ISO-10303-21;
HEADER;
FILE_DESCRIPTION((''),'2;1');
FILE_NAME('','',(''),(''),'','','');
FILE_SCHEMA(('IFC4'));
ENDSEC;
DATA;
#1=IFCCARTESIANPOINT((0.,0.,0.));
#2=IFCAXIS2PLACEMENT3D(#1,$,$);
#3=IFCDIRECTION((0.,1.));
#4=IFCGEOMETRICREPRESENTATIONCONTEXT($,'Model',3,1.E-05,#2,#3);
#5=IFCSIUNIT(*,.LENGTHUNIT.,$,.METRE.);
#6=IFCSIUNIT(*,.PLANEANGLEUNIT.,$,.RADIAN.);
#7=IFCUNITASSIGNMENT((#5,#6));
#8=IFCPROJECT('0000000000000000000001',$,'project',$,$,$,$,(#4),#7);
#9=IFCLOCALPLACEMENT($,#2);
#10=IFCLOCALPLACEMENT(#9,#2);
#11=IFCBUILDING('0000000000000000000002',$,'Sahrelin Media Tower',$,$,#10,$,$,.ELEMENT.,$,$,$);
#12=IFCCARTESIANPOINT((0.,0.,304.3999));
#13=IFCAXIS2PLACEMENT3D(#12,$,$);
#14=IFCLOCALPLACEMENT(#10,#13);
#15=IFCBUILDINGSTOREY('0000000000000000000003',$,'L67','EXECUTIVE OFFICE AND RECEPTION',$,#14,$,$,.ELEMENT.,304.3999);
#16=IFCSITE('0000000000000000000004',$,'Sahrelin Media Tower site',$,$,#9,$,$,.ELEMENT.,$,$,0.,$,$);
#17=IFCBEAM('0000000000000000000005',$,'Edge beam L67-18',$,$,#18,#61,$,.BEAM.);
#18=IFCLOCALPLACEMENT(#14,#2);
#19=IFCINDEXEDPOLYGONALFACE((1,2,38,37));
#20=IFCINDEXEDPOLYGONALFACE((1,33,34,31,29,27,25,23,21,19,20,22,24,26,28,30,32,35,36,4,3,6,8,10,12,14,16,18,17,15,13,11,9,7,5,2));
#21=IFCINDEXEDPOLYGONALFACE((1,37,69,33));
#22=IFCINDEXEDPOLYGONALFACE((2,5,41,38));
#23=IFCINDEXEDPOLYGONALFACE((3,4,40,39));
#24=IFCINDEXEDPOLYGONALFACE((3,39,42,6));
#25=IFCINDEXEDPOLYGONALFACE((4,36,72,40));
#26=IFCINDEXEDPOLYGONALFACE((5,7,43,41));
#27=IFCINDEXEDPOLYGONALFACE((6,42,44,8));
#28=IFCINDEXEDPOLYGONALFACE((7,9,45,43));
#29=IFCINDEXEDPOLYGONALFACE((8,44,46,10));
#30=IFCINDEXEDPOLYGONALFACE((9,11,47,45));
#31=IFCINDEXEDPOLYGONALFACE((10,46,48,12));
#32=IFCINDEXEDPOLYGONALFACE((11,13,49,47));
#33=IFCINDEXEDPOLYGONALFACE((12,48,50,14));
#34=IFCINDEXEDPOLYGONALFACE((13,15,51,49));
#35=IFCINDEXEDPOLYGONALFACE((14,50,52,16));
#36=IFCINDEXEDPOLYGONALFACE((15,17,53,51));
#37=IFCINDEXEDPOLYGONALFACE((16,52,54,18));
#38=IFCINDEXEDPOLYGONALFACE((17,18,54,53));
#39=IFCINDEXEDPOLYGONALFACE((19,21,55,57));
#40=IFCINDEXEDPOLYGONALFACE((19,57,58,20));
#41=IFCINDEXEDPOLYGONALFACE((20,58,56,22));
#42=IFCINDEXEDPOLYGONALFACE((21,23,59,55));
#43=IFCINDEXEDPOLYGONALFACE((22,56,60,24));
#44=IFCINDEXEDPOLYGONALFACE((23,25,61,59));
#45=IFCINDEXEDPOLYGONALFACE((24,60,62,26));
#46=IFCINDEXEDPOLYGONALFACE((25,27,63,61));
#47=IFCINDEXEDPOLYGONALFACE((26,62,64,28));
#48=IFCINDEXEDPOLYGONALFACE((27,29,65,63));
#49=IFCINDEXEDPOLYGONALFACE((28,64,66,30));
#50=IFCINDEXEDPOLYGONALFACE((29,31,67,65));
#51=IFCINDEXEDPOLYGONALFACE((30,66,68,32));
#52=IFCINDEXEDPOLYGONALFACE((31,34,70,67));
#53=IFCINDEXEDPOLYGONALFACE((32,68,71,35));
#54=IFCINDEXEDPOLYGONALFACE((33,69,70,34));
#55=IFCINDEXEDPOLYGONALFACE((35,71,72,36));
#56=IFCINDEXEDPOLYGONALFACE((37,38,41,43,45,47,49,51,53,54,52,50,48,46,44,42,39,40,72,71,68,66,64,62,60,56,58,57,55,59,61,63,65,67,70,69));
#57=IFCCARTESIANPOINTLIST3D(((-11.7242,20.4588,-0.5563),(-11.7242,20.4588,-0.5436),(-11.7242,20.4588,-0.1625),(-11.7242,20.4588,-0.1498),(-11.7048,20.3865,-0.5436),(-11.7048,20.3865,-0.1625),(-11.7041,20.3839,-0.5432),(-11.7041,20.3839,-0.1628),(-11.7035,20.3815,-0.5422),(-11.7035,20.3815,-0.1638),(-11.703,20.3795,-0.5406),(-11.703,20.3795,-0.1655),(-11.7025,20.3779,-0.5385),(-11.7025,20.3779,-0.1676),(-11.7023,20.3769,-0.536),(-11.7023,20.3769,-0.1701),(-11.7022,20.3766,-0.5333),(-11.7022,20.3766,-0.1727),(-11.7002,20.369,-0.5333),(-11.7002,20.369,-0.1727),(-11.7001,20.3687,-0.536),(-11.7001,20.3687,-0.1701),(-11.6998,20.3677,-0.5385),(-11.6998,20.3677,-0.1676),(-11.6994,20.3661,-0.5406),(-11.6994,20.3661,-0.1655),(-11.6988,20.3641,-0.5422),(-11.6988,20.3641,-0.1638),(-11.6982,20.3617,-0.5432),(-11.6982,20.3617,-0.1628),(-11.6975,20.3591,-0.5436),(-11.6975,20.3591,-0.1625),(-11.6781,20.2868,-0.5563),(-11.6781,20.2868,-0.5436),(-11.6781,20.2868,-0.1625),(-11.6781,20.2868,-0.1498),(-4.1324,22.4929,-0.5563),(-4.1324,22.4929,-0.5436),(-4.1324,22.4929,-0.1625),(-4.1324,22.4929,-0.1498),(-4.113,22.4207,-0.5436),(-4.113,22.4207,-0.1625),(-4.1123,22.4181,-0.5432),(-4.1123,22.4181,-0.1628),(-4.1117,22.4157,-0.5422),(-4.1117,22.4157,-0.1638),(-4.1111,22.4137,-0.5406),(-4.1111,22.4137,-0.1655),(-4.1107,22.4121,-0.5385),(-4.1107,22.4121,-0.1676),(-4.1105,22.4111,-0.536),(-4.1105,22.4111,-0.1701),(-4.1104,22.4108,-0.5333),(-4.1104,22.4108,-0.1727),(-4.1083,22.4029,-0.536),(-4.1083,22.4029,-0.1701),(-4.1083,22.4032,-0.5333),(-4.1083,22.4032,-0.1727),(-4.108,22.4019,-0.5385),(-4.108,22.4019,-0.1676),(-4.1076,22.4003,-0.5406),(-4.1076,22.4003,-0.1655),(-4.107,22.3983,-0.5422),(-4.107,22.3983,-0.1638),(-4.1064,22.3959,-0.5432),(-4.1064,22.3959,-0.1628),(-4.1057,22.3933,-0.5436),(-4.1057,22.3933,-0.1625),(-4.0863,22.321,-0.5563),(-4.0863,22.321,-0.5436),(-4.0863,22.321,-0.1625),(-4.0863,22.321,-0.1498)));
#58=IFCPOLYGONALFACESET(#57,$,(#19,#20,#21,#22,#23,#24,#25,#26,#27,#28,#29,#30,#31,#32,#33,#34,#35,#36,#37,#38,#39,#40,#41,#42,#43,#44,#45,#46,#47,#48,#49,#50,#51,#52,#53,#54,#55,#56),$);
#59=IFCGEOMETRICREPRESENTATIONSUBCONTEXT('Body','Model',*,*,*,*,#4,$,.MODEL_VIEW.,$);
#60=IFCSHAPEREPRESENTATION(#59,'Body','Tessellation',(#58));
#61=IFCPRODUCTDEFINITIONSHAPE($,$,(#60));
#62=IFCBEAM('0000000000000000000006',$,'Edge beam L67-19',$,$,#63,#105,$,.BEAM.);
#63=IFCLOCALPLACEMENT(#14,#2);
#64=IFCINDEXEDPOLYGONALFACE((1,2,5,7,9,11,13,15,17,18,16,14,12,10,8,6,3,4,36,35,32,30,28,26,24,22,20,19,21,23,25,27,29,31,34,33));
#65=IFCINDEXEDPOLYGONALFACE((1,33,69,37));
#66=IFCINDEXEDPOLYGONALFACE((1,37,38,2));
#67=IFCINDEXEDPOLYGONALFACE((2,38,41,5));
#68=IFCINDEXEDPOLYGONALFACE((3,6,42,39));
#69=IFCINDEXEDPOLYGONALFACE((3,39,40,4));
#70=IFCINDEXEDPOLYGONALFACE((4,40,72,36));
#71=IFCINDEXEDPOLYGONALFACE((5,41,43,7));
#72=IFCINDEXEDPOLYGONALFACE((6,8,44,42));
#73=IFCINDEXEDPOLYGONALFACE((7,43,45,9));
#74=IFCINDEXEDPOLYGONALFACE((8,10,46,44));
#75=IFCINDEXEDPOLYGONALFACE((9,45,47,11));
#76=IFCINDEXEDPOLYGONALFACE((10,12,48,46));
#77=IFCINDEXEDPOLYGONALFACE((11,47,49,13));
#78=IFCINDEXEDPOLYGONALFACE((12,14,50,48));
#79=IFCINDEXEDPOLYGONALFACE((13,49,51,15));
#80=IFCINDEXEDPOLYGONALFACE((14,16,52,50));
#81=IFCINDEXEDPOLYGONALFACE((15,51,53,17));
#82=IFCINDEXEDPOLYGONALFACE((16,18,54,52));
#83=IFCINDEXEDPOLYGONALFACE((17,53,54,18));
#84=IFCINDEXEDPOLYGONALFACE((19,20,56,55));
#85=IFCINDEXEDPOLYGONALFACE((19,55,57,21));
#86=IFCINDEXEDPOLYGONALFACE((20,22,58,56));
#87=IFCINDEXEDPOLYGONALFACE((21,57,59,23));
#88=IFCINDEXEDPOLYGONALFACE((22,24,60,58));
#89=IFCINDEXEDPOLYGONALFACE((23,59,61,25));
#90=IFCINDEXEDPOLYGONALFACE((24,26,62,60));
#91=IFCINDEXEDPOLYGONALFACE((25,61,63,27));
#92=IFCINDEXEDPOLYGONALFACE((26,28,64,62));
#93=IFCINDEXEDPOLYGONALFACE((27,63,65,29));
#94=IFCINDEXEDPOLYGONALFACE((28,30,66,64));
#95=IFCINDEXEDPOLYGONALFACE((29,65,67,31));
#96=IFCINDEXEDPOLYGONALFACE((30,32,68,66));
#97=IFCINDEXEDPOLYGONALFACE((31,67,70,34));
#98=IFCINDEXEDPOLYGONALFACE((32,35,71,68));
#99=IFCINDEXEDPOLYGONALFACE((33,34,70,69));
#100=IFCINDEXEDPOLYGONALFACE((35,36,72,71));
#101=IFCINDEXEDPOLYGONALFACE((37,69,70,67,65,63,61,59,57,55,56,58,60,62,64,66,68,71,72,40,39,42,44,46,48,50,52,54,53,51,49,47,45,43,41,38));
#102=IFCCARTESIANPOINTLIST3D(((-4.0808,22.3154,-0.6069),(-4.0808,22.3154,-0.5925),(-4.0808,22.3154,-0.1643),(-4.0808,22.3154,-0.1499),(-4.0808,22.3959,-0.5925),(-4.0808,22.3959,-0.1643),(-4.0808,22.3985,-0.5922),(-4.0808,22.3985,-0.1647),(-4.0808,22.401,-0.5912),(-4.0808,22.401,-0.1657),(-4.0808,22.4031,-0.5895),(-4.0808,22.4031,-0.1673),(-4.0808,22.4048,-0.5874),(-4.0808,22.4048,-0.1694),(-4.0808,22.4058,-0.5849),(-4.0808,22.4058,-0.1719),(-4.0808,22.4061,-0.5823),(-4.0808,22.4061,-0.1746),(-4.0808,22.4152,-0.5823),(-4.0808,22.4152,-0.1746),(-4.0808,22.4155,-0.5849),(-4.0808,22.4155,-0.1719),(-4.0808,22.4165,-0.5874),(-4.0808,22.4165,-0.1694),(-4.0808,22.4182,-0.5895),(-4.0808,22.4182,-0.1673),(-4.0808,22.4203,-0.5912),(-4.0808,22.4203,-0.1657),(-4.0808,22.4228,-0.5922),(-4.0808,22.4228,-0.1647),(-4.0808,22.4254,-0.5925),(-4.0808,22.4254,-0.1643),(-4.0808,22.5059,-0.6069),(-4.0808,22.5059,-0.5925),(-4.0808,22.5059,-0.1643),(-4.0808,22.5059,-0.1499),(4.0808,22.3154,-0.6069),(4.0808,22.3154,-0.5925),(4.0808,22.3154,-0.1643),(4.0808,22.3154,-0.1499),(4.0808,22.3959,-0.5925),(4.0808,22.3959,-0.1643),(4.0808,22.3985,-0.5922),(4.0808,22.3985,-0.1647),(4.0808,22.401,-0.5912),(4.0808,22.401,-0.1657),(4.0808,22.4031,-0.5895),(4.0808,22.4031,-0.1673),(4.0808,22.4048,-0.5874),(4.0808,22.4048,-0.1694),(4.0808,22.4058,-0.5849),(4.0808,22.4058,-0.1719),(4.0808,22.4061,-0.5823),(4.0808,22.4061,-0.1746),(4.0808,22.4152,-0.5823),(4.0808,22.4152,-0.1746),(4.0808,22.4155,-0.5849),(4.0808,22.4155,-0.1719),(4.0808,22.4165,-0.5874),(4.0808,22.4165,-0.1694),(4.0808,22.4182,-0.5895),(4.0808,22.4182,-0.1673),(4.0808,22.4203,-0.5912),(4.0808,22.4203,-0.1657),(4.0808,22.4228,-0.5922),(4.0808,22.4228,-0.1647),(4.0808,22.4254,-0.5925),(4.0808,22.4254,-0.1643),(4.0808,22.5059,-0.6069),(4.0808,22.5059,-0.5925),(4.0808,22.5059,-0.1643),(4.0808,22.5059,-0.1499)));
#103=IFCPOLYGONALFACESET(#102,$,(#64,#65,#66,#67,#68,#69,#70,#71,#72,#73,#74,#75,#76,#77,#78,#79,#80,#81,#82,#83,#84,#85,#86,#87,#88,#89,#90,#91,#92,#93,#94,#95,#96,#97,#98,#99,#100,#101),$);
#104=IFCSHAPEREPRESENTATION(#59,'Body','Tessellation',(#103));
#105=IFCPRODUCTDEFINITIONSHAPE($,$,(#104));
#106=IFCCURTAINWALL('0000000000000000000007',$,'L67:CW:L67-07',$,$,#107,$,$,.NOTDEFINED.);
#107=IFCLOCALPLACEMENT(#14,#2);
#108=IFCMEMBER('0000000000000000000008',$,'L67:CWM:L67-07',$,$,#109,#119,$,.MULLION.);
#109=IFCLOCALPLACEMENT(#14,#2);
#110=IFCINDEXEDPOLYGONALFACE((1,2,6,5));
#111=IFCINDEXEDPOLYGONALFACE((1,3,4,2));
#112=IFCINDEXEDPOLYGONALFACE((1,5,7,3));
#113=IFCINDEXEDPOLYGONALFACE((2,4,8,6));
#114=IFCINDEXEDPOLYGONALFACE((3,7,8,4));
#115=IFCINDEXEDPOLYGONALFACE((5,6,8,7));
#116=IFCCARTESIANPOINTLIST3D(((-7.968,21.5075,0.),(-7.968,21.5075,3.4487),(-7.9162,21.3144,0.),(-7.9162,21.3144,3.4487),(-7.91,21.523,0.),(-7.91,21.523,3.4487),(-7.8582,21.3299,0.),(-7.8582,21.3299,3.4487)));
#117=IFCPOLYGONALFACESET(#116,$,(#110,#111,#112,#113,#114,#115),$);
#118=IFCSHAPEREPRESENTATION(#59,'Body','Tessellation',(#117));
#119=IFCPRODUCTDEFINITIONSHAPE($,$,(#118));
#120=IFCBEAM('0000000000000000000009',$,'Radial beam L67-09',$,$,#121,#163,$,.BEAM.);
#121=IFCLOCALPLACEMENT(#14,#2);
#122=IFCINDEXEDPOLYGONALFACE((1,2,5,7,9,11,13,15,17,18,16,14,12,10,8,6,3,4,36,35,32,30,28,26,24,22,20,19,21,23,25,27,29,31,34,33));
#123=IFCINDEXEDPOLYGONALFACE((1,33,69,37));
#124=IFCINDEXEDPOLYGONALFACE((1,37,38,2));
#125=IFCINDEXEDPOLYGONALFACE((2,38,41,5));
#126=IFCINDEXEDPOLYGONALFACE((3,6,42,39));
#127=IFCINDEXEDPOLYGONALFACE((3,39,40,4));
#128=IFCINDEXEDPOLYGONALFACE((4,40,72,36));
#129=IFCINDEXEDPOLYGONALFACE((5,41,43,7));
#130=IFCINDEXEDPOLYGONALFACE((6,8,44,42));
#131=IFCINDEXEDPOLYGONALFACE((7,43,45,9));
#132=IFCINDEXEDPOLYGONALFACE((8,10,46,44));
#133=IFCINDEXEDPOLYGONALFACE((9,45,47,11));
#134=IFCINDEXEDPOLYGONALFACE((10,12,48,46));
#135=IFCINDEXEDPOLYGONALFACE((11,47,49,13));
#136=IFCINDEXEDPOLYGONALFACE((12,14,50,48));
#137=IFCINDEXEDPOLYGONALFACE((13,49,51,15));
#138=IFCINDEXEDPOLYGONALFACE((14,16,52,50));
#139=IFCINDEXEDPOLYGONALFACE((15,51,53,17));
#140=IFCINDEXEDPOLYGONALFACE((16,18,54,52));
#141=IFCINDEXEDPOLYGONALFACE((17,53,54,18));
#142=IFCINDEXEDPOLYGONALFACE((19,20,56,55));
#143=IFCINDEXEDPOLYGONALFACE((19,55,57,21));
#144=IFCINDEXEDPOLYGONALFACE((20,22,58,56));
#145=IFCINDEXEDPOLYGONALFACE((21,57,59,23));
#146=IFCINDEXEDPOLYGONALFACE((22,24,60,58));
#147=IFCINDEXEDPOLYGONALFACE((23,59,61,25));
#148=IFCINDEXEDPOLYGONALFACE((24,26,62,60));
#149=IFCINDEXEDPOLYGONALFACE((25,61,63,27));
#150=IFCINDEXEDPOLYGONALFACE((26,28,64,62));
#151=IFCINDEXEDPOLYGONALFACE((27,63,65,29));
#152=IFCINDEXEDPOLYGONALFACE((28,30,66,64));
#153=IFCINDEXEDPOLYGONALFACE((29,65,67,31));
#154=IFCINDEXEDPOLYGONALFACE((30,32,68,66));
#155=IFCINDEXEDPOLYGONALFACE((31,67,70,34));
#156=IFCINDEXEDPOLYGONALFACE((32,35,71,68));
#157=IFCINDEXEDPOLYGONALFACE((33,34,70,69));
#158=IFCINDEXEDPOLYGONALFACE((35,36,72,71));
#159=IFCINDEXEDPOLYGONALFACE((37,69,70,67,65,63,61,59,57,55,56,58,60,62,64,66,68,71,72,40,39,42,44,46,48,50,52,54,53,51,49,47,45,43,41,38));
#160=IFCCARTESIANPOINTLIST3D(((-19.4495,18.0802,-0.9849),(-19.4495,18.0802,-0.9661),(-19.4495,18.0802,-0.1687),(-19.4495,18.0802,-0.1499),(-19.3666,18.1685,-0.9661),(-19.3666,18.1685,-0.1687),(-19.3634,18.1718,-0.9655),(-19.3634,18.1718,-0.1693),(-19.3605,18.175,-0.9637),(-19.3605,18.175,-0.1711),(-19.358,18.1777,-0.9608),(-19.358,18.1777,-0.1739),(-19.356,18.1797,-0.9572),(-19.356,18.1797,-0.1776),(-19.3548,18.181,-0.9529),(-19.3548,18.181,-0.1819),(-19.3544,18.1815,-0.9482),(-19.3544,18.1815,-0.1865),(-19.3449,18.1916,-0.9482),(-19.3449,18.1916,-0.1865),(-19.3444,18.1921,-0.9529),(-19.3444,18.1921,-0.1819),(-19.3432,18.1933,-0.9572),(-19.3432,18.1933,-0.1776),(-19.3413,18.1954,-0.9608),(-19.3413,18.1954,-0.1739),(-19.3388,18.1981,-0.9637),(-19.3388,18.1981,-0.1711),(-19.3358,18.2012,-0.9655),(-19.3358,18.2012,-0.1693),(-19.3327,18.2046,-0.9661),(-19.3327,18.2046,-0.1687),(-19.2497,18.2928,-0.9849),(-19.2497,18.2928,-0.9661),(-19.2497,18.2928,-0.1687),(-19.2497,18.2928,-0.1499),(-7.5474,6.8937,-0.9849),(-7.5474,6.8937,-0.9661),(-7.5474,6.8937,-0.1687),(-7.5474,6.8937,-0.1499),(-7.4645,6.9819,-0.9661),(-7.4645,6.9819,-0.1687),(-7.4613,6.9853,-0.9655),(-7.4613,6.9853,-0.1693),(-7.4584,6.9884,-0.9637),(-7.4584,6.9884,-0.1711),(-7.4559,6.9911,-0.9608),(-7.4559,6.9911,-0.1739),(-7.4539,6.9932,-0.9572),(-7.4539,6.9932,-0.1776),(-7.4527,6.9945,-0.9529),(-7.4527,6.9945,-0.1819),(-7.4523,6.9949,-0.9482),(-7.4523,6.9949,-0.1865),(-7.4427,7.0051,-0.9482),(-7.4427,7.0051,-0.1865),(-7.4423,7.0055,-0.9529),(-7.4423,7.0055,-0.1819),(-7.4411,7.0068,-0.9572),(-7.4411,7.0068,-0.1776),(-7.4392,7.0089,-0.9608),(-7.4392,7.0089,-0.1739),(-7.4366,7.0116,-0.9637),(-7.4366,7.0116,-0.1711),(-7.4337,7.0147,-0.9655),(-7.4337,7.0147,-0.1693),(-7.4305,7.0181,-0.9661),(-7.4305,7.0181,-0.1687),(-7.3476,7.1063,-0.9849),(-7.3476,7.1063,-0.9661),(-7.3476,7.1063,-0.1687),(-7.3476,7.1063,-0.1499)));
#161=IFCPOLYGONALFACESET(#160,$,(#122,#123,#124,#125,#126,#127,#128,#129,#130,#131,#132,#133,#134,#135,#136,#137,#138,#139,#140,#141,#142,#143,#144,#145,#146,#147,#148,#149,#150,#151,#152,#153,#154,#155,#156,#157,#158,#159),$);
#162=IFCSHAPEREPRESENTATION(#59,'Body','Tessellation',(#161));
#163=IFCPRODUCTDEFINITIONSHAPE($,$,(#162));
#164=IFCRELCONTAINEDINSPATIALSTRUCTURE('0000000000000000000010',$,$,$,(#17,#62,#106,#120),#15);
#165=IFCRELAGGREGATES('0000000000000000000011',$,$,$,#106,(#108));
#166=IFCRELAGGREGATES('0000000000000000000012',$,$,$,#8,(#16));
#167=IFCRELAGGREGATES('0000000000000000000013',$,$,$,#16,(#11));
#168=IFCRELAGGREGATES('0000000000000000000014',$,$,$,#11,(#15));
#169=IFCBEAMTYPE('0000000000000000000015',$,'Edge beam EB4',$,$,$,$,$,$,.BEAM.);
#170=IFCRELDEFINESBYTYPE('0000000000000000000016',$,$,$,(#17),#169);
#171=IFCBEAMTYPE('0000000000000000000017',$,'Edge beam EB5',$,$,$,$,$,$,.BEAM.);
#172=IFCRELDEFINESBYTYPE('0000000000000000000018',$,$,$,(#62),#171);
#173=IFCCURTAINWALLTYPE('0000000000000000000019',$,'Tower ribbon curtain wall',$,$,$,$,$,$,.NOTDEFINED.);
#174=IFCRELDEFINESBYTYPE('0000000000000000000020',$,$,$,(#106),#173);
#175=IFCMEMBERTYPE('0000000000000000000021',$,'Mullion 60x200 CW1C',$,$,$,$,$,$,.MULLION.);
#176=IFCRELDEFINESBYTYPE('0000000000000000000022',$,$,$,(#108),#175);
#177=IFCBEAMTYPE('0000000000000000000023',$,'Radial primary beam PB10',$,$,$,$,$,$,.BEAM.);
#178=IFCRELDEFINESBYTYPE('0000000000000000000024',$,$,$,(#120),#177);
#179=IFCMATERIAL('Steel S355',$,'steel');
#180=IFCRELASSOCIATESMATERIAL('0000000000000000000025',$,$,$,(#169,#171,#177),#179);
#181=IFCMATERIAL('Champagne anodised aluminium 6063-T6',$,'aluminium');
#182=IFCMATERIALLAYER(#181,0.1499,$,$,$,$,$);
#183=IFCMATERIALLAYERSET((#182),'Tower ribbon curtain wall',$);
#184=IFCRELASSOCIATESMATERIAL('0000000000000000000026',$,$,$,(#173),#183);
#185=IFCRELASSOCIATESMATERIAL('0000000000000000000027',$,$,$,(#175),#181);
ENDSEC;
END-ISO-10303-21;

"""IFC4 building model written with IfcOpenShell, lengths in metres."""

from ifc_helpers import new_model, si_unit, direction, frame, origin, origin_2d, place, context, subcontext, project, spatial, rectangle, i_section, extrude, material, layer, layer_set, material_profile, profile_set, type_object, element, aggregate, save


model = new_model("IFC4")

# Units and contexts
model_context = context("Model", 3, precision=1e-05, world=origin(), true_north=direction((0.0, 1.0)))
body_context = subcontext(model_context, "Body", "Model", "MODEL_VIEW")
ifc_project = project(units=[si_unit("LENGTHUNIT", "METRE"), si_unit("PLANEANGLEUNIT", "RADIAN")], contexts=[model_context])

# Site, building, storey
site_placement = place(None, origin())
site = spatial("IfcSite", under=ifc_project, at=site_placement, Name="Sahrelin Media Tower site", CompositionType="ELEMENT", RefElevation=0.0)
building_placement = place(site_placement, origin())
building = spatial("IfcBuilding", under=site, at=building_placement, Name="Sahrelin Media Tower", CompositionType="ELEMENT")
storey_placement = place(building_placement, frame((0.0, 0.0, 304.3999)))
storey = spatial("IfcBuildingStorey", under=building, at=storey_placement, Name="L67", Description="EXECUTIVE OFFICE AND RECEPTION", CompositionType="ELEMENT", Elevation=304.3999)

# Beams
ifc_material_1 = material(Name="Steel S355", Category="steel")
ifc_material_profile_1 = material_profile(ifc_material_1, i_section(OverallWidth=0.178, OverallDepth=0.4065, WebThickness=0.0078, FlangeThickness=0.0127, FilletRadius=0.0103, at=origin_2d()), Name="UB 406x178x60")
ifc_profile_set_1 = profile_set([ifc_material_profile_1], Name="Steel S355")
beam_type_1 = type_object("IfcBeamType", Name="Edge beam EB4", PredefinedType="BEAM", material=ifc_profile_set_1)
beam_1_placement = place(storey_placement, frame((-11.7012, 20.3728, -0.353), z_axis=(0.965927, 0.258815, 0.0), x_axis=(-0.258815, 0.965927, 0.0)))
element("IfcBeam", 1, at=beam_1_placement, inside=storey, type_object=beam_type_1, Name="Edge beam L67-18", PredefinedType="BEAM", context=body_context, shape_type="SweptSolid", body=[
    extrude(i_section(OverallWidth=0.178, OverallDepth=0.4065, WebThickness=0.0078, FlangeThickness=0.0127, FilletRadius=0.0103, at=origin_2d()), origin(), (0.0, 0.0, 1.0), 7.8596),
])
ifc_material_profile_2 = material_profile(ifc_material_1, i_section(OverallWidth=0.1904, OverallDepth=0.457, WebThickness=0.009, FlangeThickness=0.0144, FilletRadius=0.0103, at=origin_2d()), Name="UB 457x191x74")
ifc_profile_set_2 = profile_set([ifc_material_profile_2], Name="Steel S355")
beam_type_2 = type_object("IfcBeamType", Name="Edge beam EB5", PredefinedType="BEAM", material=ifc_profile_set_2)
beam_2_placement = place(storey_placement, frame((-4.0808, 22.4106, -0.3784), z_axis=(1.0, 0.0, 0.0), x_axis=(0.0, 1.0, 0.0)))
element("IfcBeam", 2, at=beam_2_placement, inside=storey, type_object=beam_type_2, Name="Edge beam L67-19", PredefinedType="BEAM", context=body_context, shape_type="SweptSolid", body=[
    extrude(i_section(OverallWidth=0.1904, OverallDepth=0.457, WebThickness=0.009, FlangeThickness=0.0144, FilletRadius=0.0103, at=origin_2d()), origin(), (0.0, 0.0, 1.0), 8.1616),
])

# Curtain wall, member
ifc_material_2 = material(Name="Champagne anodised aluminium 6063-T6", Category="aluminium")
ifc_layer_1 = layer(ifc_material_2, 0.1499)
ifc_layer_set_1 = layer_set([ifc_layer_1], Name="Tower ribbon curtain wall")
curtain_wall_type = type_object("IfcCurtainWallType", Name="Tower ribbon curtain wall", PredefinedType="NOTDEFINED", material=ifc_layer_set_1)
curtain_wall_1_placement = place(storey_placement, frame((-7.9441, 21.5347, 0.0), z_axis=(0.0, 0.0, 1.0), x_axis=(1.0, 0.0, 0.0)))
curtain_wall_1 = element("IfcCurtainWall", 3, at=curtain_wall_1_placement, inside=storey, type_object=curtain_wall_type, Name="L67:CW:L67-07", PredefinedType="NOTDEFINED")
ifc_material_profile_3 = material_profile(ifc_material_2, rectangle(XDim=0.0601, YDim=0.2, at=origin_2d()), Name="Mullion 60x200")
ifc_profile_set_3 = profile_set([ifc_material_profile_3], Name="Champagne anodised aluminium 6063-T6")
member_type_1 = type_object("IfcMemberType", Name="Mullion 60x200 CW1C", PredefinedType="MULLION", material=ifc_profile_set_3)
member_1_placement = place(storey_placement, frame((-7.9131, 21.4187, 0.0), z_axis=(0.0, 0.0, 1.0), x_axis=(-0.965925, -0.258821, 0.0)))
member_1 = element("IfcMember", 4, at=member_1_placement, type_object=member_type_1, Name="L67:CWM:L67-07", PredefinedType="MULLION", context=body_context, shape_type="SweptSolid", body=[
    extrude(rectangle(XDim=0.0601, YDim=0.2, at=origin_2d()), origin(), (0.0, 0.0, 1.0), 3.4487),
])

# Beam
ifc_material_profile_4 = material_profile(ifc_material_1, i_section(OverallWidth=0.2917, OverallDepth=0.835, WebThickness=0.0139, FlangeThickness=0.0188, FilletRadius=0.0178, at=origin_2d()), Name="UB 838x292x176")
ifc_profile_set_4 = profile_set([ifc_material_profile_4], Name="Steel S355")
beam_type_3 = type_object("IfcBeamType", Name="Radial primary beam PB10", PredefinedType="BEAM", material=ifc_profile_set_4)
beam_3_placement = place(storey_placement, frame((-7.4475, 7.0, -0.5674), z_axis=(-0.728672, 0.684863, 0.0), x_axis=(-0.684863, -0.728672, 0.0)))
element("IfcBeam", 5, at=beam_3_placement, inside=storey, type_object=beam_type_3, Name="Radial beam L67-09", PredefinedType="BEAM", context=body_context, shape_type="SweptSolid", body=[
    extrude(i_section(OverallWidth=0.2917, OverallDepth=0.835, WebThickness=0.0139, FlangeThickness=0.0188, FilletRadius=0.0178, at=origin_2d()), origin(), (0.0, 0.0, 1.0), 16.334),
])

aggregate(curtain_wall_1, [member_1])

save(model, "model.ifc")
